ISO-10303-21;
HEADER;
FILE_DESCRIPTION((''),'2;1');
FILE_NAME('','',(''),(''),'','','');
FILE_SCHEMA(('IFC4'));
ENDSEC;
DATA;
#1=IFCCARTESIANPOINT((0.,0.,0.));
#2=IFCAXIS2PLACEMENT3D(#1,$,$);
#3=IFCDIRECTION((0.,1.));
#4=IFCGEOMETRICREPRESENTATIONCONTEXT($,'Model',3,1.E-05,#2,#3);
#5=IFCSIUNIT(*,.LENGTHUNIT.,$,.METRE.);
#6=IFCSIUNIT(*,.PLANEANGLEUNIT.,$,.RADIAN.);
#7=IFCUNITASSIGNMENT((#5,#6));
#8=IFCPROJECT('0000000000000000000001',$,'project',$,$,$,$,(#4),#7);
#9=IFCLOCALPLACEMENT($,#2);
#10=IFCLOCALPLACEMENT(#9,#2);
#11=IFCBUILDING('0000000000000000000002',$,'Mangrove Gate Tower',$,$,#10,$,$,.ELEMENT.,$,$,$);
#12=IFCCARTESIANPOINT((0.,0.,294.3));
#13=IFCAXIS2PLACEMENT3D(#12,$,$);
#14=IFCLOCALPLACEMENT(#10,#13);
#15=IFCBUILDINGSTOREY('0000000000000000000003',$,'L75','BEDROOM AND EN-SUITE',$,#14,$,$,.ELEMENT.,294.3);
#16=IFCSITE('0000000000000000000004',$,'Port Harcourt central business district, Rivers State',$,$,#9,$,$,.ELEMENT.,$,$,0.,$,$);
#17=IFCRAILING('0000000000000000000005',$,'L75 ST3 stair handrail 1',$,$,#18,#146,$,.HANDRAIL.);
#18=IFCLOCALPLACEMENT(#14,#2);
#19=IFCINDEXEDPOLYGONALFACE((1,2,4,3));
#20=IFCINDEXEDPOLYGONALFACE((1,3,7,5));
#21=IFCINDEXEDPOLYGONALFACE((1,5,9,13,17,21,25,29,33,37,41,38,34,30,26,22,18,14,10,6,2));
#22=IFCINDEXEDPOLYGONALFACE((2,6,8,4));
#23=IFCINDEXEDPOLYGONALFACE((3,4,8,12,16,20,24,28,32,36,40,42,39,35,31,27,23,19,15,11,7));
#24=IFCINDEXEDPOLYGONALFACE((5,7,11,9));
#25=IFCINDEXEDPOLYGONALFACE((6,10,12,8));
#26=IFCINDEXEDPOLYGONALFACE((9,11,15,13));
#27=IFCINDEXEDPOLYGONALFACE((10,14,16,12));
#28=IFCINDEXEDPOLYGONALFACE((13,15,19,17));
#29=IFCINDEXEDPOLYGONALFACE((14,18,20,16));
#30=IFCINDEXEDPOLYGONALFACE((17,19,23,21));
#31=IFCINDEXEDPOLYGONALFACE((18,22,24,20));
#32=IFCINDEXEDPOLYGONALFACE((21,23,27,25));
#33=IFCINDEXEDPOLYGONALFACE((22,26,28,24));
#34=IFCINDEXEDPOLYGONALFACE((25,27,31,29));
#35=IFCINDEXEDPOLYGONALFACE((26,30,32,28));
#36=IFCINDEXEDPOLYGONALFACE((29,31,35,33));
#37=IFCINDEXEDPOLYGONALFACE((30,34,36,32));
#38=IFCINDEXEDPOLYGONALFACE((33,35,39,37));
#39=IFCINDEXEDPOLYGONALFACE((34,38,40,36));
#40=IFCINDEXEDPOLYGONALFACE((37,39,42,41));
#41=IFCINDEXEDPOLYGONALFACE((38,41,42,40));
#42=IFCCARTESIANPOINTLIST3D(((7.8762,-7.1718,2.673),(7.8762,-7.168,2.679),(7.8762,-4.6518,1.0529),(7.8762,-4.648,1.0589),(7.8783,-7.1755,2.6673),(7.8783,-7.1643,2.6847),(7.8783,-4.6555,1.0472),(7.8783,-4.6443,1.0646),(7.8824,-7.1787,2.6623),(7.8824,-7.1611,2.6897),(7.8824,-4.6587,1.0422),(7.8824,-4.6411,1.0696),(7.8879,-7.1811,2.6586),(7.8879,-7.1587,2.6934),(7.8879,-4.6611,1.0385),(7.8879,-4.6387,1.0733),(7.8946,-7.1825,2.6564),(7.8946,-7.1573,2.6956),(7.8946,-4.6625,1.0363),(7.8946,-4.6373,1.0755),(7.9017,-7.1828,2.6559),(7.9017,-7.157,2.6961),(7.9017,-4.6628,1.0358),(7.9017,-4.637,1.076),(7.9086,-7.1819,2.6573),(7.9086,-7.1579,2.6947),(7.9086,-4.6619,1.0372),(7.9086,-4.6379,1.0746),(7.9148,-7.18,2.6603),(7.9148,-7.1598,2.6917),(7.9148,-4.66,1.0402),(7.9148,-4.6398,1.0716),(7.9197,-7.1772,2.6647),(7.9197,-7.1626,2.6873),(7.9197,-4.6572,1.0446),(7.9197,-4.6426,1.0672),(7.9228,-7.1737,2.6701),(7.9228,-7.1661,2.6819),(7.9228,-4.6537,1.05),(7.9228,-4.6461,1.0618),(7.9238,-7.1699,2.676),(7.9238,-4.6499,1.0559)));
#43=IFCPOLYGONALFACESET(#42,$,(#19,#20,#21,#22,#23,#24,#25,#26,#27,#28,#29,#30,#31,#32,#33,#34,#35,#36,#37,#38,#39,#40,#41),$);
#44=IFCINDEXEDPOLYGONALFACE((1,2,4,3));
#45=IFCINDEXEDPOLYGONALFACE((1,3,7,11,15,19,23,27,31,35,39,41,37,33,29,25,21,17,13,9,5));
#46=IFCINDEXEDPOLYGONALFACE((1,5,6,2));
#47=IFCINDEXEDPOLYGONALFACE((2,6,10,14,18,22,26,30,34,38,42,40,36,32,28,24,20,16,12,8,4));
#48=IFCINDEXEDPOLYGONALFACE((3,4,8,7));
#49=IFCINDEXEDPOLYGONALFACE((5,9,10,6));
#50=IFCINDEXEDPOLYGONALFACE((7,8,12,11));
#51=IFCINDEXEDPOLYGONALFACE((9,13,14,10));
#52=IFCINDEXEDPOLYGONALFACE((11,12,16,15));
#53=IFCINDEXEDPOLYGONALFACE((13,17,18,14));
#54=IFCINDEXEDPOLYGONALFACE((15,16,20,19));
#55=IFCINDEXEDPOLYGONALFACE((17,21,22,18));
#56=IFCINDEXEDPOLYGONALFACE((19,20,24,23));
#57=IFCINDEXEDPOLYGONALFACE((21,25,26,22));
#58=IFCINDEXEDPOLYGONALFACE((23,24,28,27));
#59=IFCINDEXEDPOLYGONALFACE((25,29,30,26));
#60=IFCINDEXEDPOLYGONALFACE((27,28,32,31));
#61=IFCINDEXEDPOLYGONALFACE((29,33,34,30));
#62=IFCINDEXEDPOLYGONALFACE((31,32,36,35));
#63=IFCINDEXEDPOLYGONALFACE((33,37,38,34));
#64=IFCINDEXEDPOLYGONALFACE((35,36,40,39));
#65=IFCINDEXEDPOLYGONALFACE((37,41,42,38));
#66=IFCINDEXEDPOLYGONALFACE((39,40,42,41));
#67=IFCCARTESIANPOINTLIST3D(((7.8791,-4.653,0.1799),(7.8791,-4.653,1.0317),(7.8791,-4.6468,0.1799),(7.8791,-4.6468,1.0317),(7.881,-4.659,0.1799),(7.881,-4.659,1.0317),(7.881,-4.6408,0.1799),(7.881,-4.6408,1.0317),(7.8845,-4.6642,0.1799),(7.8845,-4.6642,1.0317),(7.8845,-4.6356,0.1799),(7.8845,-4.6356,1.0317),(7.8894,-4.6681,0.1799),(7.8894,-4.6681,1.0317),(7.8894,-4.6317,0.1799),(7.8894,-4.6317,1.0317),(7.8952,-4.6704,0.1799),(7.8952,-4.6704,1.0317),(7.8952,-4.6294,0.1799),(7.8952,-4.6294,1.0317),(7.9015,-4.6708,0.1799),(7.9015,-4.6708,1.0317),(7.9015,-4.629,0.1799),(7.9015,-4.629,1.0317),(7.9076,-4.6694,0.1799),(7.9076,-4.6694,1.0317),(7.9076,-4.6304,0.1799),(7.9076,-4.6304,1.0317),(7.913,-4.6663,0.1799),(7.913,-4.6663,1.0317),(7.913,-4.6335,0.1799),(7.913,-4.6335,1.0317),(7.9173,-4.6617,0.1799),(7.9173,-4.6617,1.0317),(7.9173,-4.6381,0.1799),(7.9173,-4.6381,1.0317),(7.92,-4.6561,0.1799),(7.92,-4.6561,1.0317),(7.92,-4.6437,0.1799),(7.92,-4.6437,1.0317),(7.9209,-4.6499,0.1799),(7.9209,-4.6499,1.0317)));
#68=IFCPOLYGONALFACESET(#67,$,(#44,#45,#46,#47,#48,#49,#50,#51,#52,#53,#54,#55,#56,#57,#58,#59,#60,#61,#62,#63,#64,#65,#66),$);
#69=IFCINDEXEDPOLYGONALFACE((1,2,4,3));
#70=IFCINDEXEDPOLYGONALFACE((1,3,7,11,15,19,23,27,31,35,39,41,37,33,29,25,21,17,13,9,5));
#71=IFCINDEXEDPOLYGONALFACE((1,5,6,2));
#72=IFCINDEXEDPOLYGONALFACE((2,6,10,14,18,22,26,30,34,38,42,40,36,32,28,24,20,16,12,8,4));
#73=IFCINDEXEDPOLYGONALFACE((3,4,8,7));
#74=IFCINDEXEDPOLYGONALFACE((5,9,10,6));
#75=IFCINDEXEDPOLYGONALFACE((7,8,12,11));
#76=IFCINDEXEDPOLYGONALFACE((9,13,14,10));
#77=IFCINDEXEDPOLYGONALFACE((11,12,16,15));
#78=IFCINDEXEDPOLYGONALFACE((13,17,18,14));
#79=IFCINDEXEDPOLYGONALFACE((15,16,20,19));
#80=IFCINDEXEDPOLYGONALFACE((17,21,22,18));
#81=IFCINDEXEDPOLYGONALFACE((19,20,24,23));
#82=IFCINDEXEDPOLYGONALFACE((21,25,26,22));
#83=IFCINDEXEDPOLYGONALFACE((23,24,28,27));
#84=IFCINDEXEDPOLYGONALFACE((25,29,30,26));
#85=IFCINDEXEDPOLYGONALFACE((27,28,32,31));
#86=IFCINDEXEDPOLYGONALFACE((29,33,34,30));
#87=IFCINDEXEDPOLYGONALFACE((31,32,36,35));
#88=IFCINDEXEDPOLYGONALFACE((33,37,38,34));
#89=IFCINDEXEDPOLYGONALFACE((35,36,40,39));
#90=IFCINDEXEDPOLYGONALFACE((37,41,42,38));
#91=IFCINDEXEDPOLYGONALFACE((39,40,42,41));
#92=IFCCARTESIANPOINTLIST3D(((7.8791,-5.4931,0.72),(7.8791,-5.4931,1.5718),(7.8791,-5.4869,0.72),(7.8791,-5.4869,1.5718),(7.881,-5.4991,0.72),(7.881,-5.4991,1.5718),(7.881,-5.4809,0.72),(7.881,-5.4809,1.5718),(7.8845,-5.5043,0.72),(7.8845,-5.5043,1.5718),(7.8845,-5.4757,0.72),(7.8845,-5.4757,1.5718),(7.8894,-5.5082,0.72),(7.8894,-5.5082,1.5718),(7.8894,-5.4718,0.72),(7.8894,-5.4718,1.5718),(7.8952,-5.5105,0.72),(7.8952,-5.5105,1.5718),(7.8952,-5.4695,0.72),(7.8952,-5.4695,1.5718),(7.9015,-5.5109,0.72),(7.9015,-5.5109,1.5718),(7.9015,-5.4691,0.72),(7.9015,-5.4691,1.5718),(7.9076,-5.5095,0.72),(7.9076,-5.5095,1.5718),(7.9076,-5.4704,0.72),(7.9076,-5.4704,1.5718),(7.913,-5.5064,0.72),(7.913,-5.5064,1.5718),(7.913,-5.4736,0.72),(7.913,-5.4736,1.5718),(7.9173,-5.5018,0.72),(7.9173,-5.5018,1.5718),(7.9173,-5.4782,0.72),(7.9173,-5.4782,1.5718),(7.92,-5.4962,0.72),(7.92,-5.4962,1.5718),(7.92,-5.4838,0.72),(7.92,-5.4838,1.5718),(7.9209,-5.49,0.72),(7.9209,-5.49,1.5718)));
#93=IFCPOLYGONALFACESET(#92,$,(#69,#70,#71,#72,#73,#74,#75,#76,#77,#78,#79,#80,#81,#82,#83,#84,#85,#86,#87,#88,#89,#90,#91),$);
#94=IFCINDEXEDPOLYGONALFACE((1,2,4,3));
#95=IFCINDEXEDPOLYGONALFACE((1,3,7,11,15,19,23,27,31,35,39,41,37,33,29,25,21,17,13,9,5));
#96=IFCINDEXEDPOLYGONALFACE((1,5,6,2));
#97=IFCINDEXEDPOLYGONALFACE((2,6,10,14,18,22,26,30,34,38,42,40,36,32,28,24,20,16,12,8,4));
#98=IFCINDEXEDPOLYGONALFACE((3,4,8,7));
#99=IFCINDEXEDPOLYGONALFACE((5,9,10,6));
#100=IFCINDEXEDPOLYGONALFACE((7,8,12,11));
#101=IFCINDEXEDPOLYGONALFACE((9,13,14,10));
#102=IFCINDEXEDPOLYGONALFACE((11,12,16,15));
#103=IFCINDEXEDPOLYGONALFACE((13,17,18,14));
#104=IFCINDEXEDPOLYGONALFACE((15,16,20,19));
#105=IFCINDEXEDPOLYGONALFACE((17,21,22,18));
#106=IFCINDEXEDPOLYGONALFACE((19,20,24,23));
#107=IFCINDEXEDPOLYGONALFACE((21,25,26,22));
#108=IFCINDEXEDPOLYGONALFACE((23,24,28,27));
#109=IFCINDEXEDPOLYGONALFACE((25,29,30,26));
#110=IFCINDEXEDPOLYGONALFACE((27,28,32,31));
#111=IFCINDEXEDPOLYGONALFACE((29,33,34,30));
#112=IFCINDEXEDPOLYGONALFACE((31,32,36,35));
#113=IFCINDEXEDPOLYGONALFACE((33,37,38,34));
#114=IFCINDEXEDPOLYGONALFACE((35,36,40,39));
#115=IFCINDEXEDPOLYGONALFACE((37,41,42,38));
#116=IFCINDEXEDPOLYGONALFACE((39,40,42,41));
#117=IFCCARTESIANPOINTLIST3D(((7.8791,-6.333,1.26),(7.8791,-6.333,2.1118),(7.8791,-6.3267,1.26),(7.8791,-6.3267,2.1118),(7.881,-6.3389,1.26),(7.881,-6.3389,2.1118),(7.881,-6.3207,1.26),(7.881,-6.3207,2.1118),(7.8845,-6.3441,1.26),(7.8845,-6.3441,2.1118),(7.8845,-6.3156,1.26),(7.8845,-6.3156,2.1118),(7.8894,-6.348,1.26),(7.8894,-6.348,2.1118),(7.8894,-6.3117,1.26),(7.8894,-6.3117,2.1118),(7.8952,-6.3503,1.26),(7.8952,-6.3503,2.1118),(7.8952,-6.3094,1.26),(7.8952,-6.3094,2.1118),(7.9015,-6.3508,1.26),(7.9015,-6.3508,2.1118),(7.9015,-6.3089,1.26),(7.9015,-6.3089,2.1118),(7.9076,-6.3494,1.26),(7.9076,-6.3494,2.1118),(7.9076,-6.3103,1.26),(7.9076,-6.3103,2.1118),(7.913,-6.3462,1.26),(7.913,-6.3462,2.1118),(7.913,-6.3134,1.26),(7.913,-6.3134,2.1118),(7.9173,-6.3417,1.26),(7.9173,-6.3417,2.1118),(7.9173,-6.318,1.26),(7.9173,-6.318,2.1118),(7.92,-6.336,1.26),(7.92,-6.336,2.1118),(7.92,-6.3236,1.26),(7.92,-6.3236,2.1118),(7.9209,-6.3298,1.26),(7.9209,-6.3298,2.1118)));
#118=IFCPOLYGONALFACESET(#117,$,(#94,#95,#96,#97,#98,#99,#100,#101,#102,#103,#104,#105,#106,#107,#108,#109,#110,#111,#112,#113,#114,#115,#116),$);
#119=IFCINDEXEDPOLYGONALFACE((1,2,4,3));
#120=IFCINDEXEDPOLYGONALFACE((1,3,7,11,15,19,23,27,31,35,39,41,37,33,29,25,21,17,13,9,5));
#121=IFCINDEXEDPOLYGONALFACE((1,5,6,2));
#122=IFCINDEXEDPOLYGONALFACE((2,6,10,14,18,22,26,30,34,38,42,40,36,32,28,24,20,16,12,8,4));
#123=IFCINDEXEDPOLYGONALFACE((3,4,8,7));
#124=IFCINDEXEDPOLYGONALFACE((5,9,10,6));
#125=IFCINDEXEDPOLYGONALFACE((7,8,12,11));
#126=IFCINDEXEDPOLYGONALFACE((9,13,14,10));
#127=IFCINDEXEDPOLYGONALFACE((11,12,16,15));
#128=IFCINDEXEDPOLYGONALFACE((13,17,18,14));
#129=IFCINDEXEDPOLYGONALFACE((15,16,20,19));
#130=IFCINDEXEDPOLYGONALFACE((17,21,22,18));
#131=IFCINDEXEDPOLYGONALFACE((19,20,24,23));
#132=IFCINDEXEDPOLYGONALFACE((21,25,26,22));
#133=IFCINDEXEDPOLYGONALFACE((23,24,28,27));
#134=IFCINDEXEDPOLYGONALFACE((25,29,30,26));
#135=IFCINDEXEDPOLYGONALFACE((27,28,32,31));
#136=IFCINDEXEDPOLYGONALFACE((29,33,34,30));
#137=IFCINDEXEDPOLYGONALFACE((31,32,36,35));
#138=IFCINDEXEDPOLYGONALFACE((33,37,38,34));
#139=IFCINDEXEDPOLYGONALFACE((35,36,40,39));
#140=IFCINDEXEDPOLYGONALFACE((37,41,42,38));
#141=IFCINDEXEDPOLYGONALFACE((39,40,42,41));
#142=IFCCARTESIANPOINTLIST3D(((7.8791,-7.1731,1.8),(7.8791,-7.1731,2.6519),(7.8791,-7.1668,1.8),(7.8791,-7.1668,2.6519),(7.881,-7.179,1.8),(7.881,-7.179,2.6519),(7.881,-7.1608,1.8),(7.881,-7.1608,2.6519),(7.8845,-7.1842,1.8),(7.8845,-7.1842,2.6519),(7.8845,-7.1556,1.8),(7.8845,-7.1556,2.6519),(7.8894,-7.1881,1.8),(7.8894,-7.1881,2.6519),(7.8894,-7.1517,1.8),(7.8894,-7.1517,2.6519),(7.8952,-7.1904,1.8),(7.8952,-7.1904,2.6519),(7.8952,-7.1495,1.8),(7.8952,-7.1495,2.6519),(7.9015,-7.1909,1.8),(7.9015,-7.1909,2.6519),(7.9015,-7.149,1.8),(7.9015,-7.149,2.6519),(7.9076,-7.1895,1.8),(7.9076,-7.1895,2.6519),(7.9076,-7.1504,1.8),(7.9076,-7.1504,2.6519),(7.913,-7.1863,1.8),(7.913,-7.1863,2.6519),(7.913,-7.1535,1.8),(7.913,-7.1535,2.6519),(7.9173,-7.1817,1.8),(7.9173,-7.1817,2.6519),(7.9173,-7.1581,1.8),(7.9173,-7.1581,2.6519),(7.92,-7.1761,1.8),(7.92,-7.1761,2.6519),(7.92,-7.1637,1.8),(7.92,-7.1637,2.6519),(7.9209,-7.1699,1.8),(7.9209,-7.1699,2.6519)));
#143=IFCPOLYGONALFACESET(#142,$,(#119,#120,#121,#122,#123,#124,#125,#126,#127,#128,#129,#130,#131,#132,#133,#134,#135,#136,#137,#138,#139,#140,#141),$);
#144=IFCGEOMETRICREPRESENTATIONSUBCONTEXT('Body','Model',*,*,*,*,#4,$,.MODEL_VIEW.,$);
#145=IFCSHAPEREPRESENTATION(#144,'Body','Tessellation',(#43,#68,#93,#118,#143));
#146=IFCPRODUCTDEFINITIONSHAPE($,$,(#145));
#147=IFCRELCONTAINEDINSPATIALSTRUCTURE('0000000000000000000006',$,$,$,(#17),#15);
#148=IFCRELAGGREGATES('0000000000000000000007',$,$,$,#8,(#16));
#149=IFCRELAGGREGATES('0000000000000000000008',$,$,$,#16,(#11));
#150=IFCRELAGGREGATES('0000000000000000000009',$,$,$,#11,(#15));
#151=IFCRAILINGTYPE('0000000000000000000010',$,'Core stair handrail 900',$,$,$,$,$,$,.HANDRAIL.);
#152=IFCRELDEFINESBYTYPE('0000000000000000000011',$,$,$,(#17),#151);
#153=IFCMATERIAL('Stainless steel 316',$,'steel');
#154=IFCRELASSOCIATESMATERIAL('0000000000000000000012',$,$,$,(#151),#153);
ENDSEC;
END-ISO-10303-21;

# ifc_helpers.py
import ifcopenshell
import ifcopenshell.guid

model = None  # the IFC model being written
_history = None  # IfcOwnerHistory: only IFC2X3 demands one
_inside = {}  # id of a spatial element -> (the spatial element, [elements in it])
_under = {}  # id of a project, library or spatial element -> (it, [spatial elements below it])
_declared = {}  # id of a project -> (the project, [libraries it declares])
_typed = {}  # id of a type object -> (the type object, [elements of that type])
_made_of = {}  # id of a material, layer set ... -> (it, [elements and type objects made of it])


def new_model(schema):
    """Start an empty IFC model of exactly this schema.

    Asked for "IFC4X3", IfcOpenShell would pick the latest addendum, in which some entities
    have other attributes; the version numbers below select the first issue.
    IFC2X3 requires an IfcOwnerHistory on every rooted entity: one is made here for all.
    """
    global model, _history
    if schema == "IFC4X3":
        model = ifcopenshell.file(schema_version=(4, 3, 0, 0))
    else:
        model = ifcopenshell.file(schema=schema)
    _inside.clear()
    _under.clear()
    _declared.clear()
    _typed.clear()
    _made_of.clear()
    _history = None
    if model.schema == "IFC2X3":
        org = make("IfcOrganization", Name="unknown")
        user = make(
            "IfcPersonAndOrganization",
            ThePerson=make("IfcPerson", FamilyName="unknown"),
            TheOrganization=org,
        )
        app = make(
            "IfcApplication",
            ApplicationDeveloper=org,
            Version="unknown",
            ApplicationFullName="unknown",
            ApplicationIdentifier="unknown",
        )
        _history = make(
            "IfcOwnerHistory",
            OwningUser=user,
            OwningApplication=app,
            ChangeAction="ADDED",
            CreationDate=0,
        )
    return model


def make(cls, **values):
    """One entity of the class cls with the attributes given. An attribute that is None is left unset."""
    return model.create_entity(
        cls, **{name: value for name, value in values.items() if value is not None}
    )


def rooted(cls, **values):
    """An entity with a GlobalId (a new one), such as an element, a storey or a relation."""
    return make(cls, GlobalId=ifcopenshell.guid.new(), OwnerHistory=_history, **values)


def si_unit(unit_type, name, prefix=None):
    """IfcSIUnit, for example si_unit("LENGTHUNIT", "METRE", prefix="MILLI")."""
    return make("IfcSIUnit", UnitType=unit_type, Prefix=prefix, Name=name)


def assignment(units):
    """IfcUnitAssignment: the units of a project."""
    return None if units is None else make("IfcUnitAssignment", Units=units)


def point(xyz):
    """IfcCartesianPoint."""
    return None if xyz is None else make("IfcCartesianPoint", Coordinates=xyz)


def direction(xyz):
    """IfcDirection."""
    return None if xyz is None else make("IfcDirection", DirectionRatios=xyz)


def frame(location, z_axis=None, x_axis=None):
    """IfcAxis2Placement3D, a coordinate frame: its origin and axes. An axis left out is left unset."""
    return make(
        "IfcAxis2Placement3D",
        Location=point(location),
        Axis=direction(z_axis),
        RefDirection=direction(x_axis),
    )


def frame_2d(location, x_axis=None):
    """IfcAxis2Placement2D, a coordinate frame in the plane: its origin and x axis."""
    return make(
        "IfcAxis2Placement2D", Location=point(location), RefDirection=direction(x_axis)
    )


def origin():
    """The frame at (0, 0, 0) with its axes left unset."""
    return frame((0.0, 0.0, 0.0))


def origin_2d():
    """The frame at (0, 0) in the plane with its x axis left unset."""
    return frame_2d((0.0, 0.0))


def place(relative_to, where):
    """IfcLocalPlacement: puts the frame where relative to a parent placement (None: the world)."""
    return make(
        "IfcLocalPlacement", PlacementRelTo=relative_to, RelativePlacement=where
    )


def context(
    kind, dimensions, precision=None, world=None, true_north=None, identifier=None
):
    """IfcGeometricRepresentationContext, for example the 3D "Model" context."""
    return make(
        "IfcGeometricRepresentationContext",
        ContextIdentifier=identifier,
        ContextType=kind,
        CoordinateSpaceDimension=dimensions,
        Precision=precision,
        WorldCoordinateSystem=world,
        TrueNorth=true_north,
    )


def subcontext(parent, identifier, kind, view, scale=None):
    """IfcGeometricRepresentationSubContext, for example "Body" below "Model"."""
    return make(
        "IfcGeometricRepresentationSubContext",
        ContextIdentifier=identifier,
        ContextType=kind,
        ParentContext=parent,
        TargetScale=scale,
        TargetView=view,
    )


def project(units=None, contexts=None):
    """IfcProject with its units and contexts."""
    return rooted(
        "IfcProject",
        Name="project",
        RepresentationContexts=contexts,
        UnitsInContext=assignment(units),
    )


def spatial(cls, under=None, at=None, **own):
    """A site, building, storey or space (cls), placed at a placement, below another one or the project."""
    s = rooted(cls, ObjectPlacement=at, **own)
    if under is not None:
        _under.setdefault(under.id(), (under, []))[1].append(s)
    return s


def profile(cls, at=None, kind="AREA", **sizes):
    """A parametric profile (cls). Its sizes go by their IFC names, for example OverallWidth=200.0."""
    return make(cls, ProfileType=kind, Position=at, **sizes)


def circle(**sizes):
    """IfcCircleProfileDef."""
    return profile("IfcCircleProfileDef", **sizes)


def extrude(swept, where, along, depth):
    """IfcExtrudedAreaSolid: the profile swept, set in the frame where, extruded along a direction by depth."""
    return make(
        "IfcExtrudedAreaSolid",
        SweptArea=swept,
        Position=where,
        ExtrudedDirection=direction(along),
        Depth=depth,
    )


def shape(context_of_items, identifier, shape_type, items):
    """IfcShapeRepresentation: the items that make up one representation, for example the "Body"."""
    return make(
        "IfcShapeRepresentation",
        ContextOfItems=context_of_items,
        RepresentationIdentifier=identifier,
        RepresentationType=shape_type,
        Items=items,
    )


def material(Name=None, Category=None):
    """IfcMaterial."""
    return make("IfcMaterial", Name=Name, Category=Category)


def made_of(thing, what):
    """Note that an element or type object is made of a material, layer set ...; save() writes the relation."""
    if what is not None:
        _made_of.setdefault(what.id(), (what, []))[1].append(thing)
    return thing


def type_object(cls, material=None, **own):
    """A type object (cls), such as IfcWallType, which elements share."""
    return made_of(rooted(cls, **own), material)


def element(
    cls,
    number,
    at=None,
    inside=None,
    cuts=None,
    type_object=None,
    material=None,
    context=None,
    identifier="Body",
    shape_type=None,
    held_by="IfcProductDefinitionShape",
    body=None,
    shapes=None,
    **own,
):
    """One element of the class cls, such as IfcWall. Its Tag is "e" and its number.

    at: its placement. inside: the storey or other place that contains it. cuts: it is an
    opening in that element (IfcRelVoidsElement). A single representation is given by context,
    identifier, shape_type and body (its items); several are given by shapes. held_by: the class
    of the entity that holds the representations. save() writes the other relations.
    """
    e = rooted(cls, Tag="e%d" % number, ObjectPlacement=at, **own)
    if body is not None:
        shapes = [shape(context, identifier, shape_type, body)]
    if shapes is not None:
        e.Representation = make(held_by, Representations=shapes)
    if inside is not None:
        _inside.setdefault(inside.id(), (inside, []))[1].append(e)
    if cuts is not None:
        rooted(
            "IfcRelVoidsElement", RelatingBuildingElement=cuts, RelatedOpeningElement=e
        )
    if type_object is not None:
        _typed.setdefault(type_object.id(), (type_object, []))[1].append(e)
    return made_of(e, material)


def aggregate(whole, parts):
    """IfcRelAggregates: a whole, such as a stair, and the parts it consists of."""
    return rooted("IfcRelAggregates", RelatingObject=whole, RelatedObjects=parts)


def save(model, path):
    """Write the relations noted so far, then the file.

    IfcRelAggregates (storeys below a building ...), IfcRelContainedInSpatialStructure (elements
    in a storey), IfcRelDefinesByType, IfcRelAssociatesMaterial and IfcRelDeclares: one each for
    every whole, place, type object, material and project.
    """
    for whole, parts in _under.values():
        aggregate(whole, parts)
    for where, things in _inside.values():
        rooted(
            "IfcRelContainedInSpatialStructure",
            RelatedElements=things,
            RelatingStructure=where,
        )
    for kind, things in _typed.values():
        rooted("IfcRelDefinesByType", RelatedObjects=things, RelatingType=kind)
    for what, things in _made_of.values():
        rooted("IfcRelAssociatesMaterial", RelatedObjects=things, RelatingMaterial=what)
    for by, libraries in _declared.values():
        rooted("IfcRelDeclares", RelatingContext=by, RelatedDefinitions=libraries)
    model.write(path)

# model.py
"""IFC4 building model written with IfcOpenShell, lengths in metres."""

from ifc_helpers import new_model, si_unit, direction, frame, origin, origin_2d, place, context, subcontext, project, spatial, circle, extrude, material, type_object, element, save


model = new_model("IFC4")

# Units and contexts
model_context = context("Model", 3, precision=1e-05, world=origin(), true_north=direction((0.0, 1.0)))
body_context = subcontext(model_context, "Body", "Model", "MODEL_VIEW")
ifc_project = project(units=[si_unit("LENGTHUNIT", "METRE"), si_unit("PLANEANGLEUNIT", "RADIAN")], contexts=[model_context])

# Site, building, storey
site_placement = place(None, origin())
site = spatial("IfcSite", under=ifc_project, at=site_placement, Name="Port Harcourt central business district, Rivers State", CompositionType="ELEMENT", RefElevation=0.0)
building_placement = place(site_placement, origin())
building = spatial("IfcBuilding", under=site, at=building_placement, Name="Mangrove Gate Tower", CompositionType="ELEMENT")
storey_placement = place(building_placement, frame((0.0, 0.0, 294.3)))
storey = spatial("IfcBuildingStorey", under=building, at=storey_placement, Name="L75", Description="BEDROOM AND EN-SUITE", CompositionType="ELEMENT", Elevation=294.3)

# Railing
ifc_material_1 = material(Name="Stainless steel 316", Category="steel")
railing_type_1 = type_object("IfcRailingType", Name="Core stair handrail 900", PredefinedType="HANDRAIL", material=ifc_material_1)
railing_1_placement = place(storey_placement, frame((7.8999, -4.6499, 0.1799)))
element("IfcRailing", 1, at=railing_1_placement, inside=storey, type_object=railing_type_1, Name="L75 ST3 stair handrail 1", PredefinedType="HANDRAIL", context=body_context, shape_type="SweptSolid", body=[
    extrude(circle(Radius=0.0239, at=origin_2d()), frame((0.0, 0.0, 0.876), z_axis=(0.0, -0.841163, 0.540782), x_axis=(1.0, 0.0, 0.0)), (0.0, 0.0, 1.0), 2.9958),
    extrude(circle(Radius=0.021, at=origin_2d()), origin(), (0.0, 0.0, 1.0), 0.8518),
    extrude(circle(Radius=0.021, at=origin_2d()), frame((0.0, -0.8401, 0.54)), (0.0, 0.0, 1.0), 0.8518),
    extrude(circle(Radius=0.021, at=origin_2d()), frame((0.0, -1.6799, 1.0801)), (0.0, 0.0, 1.0), 0.8518),
    extrude(circle(Radius=0.021, at=origin_2d()), frame((0.0, -2.52, 1.6201)), (0.0, 0.0, 1.0), 0.8518),
])

save(model, "model.ifc")
